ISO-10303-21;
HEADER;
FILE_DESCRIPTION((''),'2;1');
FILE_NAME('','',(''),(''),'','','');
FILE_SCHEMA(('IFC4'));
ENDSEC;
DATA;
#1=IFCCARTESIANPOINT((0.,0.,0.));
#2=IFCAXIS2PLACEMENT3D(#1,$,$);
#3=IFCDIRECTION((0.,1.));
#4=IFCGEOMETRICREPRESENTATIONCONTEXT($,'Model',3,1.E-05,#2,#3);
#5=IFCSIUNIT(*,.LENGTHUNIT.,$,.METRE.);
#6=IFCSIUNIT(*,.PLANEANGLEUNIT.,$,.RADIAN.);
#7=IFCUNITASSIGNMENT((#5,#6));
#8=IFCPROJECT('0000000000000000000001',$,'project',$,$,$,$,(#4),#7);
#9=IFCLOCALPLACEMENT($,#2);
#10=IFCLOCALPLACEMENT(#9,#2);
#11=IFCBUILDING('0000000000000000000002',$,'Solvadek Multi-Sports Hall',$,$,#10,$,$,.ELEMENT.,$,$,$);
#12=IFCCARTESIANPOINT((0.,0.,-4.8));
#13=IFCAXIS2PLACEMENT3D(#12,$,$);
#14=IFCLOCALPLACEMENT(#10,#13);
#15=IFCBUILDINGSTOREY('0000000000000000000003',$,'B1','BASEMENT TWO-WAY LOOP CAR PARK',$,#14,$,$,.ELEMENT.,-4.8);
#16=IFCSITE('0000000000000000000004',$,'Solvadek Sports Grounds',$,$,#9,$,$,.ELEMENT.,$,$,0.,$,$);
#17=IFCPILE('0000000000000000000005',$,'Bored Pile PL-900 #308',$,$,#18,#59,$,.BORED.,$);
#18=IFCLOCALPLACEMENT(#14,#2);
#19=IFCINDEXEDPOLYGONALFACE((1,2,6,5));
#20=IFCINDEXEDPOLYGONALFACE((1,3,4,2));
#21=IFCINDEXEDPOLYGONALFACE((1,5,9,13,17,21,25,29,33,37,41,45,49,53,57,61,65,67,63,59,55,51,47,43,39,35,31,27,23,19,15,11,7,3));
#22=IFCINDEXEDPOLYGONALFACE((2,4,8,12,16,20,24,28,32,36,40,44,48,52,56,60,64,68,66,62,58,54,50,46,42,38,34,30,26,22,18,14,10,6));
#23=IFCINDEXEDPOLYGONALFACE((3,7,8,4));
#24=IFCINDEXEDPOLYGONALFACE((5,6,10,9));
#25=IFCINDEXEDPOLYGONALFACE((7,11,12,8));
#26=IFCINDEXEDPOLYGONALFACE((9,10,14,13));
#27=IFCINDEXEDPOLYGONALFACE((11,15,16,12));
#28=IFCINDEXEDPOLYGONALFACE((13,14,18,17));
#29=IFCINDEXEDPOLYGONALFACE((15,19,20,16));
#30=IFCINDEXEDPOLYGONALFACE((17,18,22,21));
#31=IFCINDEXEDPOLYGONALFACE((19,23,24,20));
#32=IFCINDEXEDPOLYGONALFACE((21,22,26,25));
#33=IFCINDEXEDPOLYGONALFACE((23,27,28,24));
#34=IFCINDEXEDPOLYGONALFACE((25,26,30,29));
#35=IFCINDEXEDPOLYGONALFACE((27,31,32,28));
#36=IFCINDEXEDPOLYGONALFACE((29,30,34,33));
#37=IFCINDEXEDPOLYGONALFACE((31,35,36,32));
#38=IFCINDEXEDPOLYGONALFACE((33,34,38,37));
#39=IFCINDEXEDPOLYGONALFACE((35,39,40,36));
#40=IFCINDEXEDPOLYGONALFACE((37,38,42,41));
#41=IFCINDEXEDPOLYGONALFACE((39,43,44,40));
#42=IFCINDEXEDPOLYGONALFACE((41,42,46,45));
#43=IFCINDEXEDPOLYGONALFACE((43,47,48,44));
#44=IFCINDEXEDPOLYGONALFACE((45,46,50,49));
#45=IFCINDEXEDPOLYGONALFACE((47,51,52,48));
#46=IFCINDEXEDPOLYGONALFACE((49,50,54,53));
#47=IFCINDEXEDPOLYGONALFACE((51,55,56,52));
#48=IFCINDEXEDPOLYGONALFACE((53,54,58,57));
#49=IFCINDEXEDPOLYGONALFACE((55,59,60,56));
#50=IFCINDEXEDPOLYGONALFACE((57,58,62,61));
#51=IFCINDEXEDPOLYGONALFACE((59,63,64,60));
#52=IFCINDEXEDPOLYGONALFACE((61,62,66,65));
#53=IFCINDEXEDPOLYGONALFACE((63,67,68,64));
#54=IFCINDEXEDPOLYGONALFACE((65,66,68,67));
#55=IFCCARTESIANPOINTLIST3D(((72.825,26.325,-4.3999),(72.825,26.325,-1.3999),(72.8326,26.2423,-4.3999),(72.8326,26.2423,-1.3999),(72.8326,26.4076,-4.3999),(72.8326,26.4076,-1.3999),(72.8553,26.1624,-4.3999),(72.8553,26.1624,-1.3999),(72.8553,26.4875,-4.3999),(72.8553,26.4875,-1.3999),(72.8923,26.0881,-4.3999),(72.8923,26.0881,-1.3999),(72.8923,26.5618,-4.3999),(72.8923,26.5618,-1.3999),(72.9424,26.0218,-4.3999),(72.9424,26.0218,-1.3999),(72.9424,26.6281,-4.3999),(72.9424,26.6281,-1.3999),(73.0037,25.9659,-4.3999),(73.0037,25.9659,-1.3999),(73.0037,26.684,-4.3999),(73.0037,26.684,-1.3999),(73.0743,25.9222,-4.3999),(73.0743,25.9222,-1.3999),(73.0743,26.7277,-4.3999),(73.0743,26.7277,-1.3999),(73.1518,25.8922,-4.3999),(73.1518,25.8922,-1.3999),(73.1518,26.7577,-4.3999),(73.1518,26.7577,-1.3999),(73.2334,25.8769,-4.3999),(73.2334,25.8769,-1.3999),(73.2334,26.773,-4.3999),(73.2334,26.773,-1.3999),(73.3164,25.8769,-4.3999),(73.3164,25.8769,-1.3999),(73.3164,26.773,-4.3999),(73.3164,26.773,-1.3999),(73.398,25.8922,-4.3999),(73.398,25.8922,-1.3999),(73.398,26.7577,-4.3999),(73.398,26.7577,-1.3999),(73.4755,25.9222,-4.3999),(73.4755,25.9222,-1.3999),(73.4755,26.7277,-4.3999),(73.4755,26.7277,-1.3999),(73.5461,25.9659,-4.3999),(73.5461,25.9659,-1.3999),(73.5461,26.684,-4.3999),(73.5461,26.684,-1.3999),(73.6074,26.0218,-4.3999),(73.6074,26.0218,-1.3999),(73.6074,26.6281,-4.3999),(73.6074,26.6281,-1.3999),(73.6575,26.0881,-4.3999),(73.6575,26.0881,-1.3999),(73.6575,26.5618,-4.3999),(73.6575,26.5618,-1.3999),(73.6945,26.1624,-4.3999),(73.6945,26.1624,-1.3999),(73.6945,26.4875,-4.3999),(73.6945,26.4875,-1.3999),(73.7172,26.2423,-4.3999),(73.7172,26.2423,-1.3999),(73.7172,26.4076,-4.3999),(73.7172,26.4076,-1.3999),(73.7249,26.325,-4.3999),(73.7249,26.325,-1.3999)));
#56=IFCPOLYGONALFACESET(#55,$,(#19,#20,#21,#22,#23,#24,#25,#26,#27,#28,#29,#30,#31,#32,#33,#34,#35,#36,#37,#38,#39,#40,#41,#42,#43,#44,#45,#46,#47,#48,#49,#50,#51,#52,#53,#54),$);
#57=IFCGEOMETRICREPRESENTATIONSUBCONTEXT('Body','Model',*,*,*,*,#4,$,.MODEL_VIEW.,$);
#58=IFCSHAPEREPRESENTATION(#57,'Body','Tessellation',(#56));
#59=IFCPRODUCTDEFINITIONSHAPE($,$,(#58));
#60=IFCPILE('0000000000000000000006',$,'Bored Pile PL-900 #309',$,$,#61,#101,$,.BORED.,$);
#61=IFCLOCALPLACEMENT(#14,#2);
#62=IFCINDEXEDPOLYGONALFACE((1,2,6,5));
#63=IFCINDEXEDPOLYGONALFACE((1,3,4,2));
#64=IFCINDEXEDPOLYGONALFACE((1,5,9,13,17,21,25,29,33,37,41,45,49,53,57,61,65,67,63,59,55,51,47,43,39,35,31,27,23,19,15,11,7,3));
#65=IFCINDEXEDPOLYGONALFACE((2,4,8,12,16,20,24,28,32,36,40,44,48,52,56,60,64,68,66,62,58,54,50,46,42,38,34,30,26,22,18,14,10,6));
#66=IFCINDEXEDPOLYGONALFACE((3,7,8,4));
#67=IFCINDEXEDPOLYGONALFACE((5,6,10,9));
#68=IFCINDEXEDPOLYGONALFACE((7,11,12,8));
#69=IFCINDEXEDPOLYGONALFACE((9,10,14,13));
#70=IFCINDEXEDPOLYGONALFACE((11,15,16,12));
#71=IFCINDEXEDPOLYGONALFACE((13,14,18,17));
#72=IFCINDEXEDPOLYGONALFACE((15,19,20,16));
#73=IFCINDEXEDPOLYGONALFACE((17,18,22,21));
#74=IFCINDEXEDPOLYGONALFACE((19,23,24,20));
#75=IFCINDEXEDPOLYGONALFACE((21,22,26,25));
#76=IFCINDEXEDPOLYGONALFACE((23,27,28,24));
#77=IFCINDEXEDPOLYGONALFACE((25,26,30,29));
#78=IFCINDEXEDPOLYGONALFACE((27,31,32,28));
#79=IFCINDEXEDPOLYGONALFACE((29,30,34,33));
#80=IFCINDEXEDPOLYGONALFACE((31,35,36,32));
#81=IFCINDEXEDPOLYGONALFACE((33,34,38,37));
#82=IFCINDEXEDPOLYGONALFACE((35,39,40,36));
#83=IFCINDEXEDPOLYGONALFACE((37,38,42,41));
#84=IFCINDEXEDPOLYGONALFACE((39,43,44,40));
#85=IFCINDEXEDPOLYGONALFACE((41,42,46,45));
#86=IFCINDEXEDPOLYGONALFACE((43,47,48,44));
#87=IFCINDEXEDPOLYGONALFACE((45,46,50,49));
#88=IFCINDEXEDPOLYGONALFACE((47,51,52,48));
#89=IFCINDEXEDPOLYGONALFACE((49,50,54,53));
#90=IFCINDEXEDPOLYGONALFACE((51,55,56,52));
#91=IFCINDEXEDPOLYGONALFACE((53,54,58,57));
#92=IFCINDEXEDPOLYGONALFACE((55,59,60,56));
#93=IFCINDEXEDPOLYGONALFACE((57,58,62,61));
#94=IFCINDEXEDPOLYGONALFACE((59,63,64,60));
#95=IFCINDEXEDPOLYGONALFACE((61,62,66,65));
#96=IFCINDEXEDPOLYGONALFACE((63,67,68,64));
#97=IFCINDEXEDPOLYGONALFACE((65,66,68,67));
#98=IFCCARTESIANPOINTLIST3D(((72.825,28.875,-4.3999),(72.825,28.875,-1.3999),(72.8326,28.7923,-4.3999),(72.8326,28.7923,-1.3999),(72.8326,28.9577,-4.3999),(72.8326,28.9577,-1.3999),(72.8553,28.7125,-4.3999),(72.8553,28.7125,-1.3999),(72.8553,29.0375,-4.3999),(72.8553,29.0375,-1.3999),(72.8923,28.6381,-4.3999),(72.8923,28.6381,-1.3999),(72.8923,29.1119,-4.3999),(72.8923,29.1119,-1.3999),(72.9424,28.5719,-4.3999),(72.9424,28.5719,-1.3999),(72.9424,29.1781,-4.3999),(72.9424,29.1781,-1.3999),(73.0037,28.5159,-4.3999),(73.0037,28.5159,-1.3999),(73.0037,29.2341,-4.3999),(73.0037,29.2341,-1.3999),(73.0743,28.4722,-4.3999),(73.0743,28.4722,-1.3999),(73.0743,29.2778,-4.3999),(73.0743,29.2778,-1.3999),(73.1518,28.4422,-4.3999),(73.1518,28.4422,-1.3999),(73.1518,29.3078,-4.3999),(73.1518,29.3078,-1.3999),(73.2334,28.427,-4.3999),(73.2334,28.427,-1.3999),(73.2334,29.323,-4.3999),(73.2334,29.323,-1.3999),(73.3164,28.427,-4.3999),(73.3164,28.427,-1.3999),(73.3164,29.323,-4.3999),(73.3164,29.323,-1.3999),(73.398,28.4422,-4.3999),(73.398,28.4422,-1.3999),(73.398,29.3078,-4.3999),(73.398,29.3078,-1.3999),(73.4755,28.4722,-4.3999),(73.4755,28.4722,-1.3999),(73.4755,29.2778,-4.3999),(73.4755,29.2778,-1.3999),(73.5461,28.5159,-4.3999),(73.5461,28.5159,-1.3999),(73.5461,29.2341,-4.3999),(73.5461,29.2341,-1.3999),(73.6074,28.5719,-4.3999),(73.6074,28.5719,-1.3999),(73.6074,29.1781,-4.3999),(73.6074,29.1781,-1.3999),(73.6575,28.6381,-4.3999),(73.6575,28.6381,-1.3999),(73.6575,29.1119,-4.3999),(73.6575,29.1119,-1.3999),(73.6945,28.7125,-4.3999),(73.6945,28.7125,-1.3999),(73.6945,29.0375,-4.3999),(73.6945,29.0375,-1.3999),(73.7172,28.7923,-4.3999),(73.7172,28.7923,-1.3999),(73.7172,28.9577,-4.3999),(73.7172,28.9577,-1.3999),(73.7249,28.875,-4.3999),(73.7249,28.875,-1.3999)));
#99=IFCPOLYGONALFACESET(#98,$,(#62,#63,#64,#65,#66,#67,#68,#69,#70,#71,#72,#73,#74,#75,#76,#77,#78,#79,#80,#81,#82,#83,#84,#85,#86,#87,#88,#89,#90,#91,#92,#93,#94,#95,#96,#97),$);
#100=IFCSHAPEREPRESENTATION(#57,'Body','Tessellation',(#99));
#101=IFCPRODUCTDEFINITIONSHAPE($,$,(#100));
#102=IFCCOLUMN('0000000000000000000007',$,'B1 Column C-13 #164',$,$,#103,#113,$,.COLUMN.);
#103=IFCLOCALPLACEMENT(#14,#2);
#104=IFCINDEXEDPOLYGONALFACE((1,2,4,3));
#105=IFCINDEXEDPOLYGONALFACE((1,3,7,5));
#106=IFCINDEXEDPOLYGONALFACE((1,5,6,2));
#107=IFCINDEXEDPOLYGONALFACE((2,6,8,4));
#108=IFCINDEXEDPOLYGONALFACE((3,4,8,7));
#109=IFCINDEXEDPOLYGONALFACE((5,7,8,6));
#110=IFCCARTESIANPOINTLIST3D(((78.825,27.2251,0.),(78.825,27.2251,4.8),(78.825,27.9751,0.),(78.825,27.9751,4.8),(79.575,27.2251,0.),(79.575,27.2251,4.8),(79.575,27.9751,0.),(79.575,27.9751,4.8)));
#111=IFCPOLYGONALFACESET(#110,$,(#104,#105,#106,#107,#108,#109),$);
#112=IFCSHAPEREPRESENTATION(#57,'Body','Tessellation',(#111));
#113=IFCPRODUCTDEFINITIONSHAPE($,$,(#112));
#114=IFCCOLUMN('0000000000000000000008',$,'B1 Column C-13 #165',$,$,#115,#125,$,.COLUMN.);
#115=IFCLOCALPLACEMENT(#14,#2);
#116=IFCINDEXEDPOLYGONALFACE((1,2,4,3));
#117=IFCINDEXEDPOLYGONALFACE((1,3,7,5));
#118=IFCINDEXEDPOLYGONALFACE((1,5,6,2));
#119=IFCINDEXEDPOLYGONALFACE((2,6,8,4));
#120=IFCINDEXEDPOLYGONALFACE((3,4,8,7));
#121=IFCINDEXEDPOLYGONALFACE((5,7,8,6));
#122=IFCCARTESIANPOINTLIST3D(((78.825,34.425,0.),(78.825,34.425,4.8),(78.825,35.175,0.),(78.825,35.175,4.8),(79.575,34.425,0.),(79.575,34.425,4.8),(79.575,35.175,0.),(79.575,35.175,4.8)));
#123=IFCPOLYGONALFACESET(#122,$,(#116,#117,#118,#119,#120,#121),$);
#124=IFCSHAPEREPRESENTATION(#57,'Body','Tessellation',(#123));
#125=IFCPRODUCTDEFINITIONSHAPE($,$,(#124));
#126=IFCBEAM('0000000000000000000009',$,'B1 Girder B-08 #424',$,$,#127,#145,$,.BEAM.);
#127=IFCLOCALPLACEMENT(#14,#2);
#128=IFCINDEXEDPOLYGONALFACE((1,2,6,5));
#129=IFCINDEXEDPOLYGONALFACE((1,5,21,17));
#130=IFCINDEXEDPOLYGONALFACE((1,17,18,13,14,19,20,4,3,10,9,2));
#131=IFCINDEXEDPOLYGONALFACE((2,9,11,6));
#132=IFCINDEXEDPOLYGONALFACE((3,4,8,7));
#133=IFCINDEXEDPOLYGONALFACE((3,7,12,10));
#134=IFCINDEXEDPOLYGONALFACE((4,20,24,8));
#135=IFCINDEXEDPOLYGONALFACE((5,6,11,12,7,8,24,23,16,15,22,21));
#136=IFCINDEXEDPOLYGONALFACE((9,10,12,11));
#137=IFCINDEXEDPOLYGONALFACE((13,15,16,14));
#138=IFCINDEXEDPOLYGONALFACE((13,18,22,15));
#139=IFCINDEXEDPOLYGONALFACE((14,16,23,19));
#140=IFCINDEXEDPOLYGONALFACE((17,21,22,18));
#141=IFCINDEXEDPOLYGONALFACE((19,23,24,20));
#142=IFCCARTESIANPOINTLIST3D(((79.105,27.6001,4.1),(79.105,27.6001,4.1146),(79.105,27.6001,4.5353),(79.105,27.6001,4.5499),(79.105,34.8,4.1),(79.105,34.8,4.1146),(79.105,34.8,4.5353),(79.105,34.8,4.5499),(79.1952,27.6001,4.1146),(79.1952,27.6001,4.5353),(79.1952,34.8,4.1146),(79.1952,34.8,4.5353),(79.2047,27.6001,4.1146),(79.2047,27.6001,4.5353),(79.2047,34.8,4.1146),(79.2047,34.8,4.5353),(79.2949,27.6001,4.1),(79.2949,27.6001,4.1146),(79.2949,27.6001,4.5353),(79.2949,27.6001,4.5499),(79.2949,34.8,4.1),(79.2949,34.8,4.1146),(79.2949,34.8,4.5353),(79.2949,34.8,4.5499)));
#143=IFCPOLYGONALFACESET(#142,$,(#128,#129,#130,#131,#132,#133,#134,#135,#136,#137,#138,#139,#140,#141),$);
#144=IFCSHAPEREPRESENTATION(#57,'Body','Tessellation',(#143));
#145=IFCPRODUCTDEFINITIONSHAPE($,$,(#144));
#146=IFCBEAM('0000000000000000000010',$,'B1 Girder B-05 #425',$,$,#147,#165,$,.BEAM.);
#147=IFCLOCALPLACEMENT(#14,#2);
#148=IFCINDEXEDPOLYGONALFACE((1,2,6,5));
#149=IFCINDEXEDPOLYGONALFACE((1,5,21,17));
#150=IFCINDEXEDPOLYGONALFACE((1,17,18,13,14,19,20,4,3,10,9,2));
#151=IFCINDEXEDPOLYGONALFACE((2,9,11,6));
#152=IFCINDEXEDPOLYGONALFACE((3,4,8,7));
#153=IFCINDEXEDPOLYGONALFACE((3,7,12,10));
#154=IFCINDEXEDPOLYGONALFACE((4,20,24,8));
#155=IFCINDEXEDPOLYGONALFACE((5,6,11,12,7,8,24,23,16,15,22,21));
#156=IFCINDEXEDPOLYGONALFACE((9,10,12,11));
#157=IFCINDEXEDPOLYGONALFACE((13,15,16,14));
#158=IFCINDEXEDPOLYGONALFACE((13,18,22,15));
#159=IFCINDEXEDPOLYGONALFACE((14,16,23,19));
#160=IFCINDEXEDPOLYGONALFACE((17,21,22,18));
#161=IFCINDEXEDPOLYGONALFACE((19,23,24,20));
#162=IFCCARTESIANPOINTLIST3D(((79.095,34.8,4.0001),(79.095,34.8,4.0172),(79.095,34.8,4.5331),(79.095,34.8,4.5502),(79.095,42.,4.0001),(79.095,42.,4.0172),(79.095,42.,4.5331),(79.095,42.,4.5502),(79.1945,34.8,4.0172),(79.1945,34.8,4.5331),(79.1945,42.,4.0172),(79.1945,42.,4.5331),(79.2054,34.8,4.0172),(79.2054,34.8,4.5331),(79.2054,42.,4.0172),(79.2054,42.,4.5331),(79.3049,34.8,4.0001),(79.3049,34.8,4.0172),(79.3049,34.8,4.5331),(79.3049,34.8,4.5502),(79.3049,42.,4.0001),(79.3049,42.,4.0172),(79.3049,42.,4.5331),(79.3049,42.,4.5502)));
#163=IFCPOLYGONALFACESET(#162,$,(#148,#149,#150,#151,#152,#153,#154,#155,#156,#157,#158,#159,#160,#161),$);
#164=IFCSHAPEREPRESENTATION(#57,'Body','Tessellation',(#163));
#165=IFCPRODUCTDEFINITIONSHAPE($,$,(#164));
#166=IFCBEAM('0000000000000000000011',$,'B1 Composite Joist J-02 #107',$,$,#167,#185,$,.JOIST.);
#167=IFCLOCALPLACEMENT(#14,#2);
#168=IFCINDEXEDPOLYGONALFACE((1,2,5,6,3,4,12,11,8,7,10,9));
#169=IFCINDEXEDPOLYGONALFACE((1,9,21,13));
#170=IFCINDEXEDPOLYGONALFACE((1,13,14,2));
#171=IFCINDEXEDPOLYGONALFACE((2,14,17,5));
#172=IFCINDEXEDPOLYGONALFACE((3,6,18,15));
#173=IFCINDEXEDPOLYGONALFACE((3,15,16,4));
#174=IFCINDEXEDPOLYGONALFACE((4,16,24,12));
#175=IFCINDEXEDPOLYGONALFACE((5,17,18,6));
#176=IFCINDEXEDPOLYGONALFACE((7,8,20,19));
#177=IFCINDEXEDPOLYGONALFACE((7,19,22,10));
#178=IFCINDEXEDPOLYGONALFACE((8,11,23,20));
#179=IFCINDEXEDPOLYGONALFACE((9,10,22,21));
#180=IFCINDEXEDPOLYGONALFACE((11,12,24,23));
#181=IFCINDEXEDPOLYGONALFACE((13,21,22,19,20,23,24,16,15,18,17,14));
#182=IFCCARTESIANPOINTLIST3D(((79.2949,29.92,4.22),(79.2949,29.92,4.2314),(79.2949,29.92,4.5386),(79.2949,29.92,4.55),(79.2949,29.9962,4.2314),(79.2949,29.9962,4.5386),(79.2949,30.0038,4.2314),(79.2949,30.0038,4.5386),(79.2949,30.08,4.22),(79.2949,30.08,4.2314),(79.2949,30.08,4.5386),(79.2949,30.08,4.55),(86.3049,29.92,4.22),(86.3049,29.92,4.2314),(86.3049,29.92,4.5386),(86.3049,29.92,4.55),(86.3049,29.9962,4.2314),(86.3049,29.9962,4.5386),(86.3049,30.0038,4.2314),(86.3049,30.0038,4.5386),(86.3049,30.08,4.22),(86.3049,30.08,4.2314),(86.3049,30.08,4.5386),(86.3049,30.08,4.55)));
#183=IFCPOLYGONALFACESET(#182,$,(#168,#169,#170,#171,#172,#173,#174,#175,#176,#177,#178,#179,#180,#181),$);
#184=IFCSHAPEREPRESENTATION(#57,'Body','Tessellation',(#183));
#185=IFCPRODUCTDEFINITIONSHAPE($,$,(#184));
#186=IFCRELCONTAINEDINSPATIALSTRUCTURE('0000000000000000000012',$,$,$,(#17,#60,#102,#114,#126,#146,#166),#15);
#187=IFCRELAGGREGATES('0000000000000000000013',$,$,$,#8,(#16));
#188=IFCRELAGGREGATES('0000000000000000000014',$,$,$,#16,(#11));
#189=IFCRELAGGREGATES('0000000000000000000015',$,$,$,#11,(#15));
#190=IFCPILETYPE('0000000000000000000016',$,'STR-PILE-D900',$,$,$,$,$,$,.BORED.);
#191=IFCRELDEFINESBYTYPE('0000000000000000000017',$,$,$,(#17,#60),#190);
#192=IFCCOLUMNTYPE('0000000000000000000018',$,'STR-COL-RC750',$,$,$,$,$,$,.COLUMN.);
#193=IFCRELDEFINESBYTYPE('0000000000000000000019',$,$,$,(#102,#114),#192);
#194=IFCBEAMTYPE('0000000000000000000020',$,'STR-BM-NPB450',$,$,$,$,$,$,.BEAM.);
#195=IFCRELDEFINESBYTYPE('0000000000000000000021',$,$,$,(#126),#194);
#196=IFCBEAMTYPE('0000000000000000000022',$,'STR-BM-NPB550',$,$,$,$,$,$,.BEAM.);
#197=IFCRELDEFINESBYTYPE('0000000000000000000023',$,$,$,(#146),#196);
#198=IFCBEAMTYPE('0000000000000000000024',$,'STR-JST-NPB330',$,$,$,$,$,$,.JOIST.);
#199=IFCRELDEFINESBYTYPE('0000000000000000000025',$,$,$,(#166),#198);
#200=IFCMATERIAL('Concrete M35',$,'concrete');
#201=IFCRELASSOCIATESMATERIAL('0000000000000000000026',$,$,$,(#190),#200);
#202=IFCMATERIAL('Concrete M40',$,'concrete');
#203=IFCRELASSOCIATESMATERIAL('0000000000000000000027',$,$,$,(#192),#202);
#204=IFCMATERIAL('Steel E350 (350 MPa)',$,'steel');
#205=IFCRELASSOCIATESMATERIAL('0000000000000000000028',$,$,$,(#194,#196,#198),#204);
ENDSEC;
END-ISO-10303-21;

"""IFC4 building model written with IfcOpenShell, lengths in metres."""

from ifc_helpers import new_model, si_unit, direction, frame, origin, origin_2d, place, context, subcontext, project, spatial, rectangle, circle, i_section, extrude, material, material_profile, profile_set, type_object, element, save


model = new_model("IFC4")

# Units and contexts
model_context = context("Model", 3, precision=1e-05, world=origin(), true_north=direction((0.0, 1.0)))
body_context = subcontext(model_context, "Body", "Model", "MODEL_VIEW")
ifc_project = project(units=[si_unit("LENGTHUNIT", "METRE"), si_unit("PLANEANGLEUNIT", "RADIAN")], contexts=[model_context])

# Site, building, storey
site_placement = place(None, origin())
site = spatial("IfcSite", under=ifc_project, at=site_placement, Name="Solvadek Sports Grounds", CompositionType="ELEMENT", RefElevation=0.0)
building_placement = place(site_placement, origin())
building = spatial("IfcBuilding", under=site, at=building_placement, Name="Solvadek Multi-Sports Hall", CompositionType="ELEMENT")
storey_placement = place(building_placement, frame((0.0, 0.0, -4.8)))
storey = spatial("IfcBuildingStorey", under=building, at=storey_placement, Name="B1", Description="BASEMENT TWO-WAY LOOP CAR PARK", CompositionType="ELEMENT", Elevation=-4.8)

# Shared definitions
ifc_material_1 = material(Name="Concrete M40", Category="concrete")

# Piles
ifc_material_2 = material(Name="Concrete M35", Category="concrete")
ifc_material_profile_1 = material_profile(ifc_material_2, circle(Radius=0.45, at=origin_2d()), Name="BORED PILE D900")
ifc_profile_set_1 = profile_set([ifc_material_profile_1], Name="Concrete M35")
pile_type_1 = type_object("IfcPileType", Name="STR-PILE-D900", PredefinedType="BORED", material=ifc_profile_set_1)
for number, where, z_axis, x_axis, name in (
    (1, (73.2749, 26.325, -1.3999), (0.0, 0.0, -1.0), (1.0, 0.0, 0.0), "Bored Pile PL-900 #308"),
    (2, (73.2749, 28.875, -1.3999), (0.0, 0.0, -1.0), (1.0, 0.0, 0.0), "Bored Pile PL-900 #309"),
):
    element("IfcPile", number, at=place(storey_placement, frame(where, z_axis=z_axis, x_axis=x_axis)), inside=storey, type_object=pile_type_1, Name=name, PredefinedType="BORED", context=body_context, shape_type="SweptSolid", body=[
        extrude(circle(Radius=0.45, at=origin_2d()), origin(), (0.0, 0.0, 1.0), 3.0),
    ])

# Columns
ifc_material_profile_2 = material_profile(ifc_material_1, rectangle(XDim=0.75, YDim=0.75, at=origin_2d()), Name="RC 750x750")
ifc_profile_set_2 = profile_set([ifc_material_profile_2], Name="Concrete M40")
column_type = type_object("IfcColumnType", Name="STR-COL-RC750", PredefinedType="COLUMN", material=ifc_profile_set_2)
for number, where, z_axis, x_axis, name in (
    (3, (79.2, 27.6001, 0.0), (0.0, 0.0, 1.0), (1.0, 0.0, 0.0), "B1 Column C-13 #164"),
    (4, (79.2, 34.8, 0.0), (0.0, 0.0, 1.0), (1.0, 0.0, 0.0), "B1 Column C-13 #165"),
):
    element("IfcColumn", number, at=place(storey_placement, frame(where, z_axis=z_axis, x_axis=x_axis)), inside=storey, type_object=column_type, Name=name, PredefinedType="COLUMN", context=body_context, shape_type="SweptSolid", body=[
        extrude(rectangle(XDim=0.75, YDim=0.75, at=origin_2d()), origin(), (0.0, 0.0, 1.0), 4.8),
    ])

# Beams
ifc_material_3 = material(Name="Steel E350 (350 MPa)", Category="steel")
ifc_material_profile_3 = material_profile(ifc_material_3, i_section(OverallWidth=0.1899, OverallDepth=0.45, WebThickness=0.0095, FlangeThickness=0.0146, at=origin_2d()), Name="NPB 450")
ifc_profile_set_3 = profile_set([ifc_material_profile_3], Name="Steel E350 (350 MPa)")
beam_type_1 = type_object("IfcBeamType", Name="STR-BM-NPB450", PredefinedType="BEAM", material=ifc_profile_set_3)
beam_1_placement = place(storey_placement, frame((79.2, 27.6001, 4.325), z_axis=(0.0, 1.0, 0.0), x_axis=(-1.0, 0.0, 0.0)))
element("IfcBeam", 5, at=beam_1_placement, inside=storey, type_object=beam_type_1, Name="B1 Girder B-08 #424", PredefinedType="BEAM", context=body_context, shape_type="SweptSolid", body=[
    extrude(i_section(OverallWidth=0.1899, OverallDepth=0.45, WebThickness=0.0095, FlangeThickness=0.0146, at=origin_2d()), origin(), (0.0, 0.0, 1.0), 7.2),
])
ifc_material_profile_4 = material_profile(ifc_material_3, i_section(OverallWidth=0.21, OverallDepth=0.55, WebThickness=0.011, FlangeThickness=0.0171, at=origin_2d()), Name="NPB 550")
ifc_profile_set_4 = profile_set([ifc_material_profile_4], Name="Steel E350 (350 MPa)")
beam_type_2 = type_object("IfcBeamType", Name="STR-BM-NPB550", PredefinedType="BEAM", material=ifc_profile_set_4)
beam_2_placement = place(storey_placement, frame((79.2, 34.8, 4.2751), z_axis=(0.0, 1.0, 0.0), x_axis=(-1.0, 0.0, 0.0)))
element("IfcBeam", 6, at=beam_2_placement, inside=storey, type_object=beam_type_2, Name="B1 Girder B-05 #425", PredefinedType="BEAM", context=body_context, shape_type="SweptSolid", body=[
    extrude(i_section(OverallWidth=0.21, OverallDepth=0.55, WebThickness=0.011, FlangeThickness=0.0171, at=origin_2d()), origin(), (0.0, 0.0, 1.0), 7.2),
])
ifc_material_profile_5 = material_profile(ifc_material_3, i_section(OverallWidth=0.1599, OverallDepth=0.3301, WebThickness=0.0076, FlangeThickness=0.0115, at=origin_2d()), Name="NPB 330")
ifc_profile_set_5 = profile_set([ifc_material_profile_5], Name="Steel E350 (350 MPa)")
beam_type_3 = type_object("IfcBeamType", Name="STR-JST-NPB330", PredefinedType="JOIST", material=ifc_profile_set_5)
for number, where, z_axis, x_axis, name in (
    (7, (79.2949, 30.0, 4.385), (1.0, 0.0, 0.0), (0.0, 1.0, 0.0), "B1 Composite Joist J-02 #107"),
):
    element("IfcBeam", number, at=place(storey_placement, frame(where, z_axis=z_axis, x_axis=x_axis)), inside=storey, type_object=beam_type_3, Name=name, PredefinedType="JOIST", context=body_context, shape_type="SweptSolid", body=[
        extrude(i_section(OverallWidth=0.1599, OverallDepth=0.3301, WebThickness=0.0076, FlangeThickness=0.0115, at=origin_2d()), origin(), (0.0, 0.0, 1.0), 7.01),
    ])

save(model, "model.ifc")
